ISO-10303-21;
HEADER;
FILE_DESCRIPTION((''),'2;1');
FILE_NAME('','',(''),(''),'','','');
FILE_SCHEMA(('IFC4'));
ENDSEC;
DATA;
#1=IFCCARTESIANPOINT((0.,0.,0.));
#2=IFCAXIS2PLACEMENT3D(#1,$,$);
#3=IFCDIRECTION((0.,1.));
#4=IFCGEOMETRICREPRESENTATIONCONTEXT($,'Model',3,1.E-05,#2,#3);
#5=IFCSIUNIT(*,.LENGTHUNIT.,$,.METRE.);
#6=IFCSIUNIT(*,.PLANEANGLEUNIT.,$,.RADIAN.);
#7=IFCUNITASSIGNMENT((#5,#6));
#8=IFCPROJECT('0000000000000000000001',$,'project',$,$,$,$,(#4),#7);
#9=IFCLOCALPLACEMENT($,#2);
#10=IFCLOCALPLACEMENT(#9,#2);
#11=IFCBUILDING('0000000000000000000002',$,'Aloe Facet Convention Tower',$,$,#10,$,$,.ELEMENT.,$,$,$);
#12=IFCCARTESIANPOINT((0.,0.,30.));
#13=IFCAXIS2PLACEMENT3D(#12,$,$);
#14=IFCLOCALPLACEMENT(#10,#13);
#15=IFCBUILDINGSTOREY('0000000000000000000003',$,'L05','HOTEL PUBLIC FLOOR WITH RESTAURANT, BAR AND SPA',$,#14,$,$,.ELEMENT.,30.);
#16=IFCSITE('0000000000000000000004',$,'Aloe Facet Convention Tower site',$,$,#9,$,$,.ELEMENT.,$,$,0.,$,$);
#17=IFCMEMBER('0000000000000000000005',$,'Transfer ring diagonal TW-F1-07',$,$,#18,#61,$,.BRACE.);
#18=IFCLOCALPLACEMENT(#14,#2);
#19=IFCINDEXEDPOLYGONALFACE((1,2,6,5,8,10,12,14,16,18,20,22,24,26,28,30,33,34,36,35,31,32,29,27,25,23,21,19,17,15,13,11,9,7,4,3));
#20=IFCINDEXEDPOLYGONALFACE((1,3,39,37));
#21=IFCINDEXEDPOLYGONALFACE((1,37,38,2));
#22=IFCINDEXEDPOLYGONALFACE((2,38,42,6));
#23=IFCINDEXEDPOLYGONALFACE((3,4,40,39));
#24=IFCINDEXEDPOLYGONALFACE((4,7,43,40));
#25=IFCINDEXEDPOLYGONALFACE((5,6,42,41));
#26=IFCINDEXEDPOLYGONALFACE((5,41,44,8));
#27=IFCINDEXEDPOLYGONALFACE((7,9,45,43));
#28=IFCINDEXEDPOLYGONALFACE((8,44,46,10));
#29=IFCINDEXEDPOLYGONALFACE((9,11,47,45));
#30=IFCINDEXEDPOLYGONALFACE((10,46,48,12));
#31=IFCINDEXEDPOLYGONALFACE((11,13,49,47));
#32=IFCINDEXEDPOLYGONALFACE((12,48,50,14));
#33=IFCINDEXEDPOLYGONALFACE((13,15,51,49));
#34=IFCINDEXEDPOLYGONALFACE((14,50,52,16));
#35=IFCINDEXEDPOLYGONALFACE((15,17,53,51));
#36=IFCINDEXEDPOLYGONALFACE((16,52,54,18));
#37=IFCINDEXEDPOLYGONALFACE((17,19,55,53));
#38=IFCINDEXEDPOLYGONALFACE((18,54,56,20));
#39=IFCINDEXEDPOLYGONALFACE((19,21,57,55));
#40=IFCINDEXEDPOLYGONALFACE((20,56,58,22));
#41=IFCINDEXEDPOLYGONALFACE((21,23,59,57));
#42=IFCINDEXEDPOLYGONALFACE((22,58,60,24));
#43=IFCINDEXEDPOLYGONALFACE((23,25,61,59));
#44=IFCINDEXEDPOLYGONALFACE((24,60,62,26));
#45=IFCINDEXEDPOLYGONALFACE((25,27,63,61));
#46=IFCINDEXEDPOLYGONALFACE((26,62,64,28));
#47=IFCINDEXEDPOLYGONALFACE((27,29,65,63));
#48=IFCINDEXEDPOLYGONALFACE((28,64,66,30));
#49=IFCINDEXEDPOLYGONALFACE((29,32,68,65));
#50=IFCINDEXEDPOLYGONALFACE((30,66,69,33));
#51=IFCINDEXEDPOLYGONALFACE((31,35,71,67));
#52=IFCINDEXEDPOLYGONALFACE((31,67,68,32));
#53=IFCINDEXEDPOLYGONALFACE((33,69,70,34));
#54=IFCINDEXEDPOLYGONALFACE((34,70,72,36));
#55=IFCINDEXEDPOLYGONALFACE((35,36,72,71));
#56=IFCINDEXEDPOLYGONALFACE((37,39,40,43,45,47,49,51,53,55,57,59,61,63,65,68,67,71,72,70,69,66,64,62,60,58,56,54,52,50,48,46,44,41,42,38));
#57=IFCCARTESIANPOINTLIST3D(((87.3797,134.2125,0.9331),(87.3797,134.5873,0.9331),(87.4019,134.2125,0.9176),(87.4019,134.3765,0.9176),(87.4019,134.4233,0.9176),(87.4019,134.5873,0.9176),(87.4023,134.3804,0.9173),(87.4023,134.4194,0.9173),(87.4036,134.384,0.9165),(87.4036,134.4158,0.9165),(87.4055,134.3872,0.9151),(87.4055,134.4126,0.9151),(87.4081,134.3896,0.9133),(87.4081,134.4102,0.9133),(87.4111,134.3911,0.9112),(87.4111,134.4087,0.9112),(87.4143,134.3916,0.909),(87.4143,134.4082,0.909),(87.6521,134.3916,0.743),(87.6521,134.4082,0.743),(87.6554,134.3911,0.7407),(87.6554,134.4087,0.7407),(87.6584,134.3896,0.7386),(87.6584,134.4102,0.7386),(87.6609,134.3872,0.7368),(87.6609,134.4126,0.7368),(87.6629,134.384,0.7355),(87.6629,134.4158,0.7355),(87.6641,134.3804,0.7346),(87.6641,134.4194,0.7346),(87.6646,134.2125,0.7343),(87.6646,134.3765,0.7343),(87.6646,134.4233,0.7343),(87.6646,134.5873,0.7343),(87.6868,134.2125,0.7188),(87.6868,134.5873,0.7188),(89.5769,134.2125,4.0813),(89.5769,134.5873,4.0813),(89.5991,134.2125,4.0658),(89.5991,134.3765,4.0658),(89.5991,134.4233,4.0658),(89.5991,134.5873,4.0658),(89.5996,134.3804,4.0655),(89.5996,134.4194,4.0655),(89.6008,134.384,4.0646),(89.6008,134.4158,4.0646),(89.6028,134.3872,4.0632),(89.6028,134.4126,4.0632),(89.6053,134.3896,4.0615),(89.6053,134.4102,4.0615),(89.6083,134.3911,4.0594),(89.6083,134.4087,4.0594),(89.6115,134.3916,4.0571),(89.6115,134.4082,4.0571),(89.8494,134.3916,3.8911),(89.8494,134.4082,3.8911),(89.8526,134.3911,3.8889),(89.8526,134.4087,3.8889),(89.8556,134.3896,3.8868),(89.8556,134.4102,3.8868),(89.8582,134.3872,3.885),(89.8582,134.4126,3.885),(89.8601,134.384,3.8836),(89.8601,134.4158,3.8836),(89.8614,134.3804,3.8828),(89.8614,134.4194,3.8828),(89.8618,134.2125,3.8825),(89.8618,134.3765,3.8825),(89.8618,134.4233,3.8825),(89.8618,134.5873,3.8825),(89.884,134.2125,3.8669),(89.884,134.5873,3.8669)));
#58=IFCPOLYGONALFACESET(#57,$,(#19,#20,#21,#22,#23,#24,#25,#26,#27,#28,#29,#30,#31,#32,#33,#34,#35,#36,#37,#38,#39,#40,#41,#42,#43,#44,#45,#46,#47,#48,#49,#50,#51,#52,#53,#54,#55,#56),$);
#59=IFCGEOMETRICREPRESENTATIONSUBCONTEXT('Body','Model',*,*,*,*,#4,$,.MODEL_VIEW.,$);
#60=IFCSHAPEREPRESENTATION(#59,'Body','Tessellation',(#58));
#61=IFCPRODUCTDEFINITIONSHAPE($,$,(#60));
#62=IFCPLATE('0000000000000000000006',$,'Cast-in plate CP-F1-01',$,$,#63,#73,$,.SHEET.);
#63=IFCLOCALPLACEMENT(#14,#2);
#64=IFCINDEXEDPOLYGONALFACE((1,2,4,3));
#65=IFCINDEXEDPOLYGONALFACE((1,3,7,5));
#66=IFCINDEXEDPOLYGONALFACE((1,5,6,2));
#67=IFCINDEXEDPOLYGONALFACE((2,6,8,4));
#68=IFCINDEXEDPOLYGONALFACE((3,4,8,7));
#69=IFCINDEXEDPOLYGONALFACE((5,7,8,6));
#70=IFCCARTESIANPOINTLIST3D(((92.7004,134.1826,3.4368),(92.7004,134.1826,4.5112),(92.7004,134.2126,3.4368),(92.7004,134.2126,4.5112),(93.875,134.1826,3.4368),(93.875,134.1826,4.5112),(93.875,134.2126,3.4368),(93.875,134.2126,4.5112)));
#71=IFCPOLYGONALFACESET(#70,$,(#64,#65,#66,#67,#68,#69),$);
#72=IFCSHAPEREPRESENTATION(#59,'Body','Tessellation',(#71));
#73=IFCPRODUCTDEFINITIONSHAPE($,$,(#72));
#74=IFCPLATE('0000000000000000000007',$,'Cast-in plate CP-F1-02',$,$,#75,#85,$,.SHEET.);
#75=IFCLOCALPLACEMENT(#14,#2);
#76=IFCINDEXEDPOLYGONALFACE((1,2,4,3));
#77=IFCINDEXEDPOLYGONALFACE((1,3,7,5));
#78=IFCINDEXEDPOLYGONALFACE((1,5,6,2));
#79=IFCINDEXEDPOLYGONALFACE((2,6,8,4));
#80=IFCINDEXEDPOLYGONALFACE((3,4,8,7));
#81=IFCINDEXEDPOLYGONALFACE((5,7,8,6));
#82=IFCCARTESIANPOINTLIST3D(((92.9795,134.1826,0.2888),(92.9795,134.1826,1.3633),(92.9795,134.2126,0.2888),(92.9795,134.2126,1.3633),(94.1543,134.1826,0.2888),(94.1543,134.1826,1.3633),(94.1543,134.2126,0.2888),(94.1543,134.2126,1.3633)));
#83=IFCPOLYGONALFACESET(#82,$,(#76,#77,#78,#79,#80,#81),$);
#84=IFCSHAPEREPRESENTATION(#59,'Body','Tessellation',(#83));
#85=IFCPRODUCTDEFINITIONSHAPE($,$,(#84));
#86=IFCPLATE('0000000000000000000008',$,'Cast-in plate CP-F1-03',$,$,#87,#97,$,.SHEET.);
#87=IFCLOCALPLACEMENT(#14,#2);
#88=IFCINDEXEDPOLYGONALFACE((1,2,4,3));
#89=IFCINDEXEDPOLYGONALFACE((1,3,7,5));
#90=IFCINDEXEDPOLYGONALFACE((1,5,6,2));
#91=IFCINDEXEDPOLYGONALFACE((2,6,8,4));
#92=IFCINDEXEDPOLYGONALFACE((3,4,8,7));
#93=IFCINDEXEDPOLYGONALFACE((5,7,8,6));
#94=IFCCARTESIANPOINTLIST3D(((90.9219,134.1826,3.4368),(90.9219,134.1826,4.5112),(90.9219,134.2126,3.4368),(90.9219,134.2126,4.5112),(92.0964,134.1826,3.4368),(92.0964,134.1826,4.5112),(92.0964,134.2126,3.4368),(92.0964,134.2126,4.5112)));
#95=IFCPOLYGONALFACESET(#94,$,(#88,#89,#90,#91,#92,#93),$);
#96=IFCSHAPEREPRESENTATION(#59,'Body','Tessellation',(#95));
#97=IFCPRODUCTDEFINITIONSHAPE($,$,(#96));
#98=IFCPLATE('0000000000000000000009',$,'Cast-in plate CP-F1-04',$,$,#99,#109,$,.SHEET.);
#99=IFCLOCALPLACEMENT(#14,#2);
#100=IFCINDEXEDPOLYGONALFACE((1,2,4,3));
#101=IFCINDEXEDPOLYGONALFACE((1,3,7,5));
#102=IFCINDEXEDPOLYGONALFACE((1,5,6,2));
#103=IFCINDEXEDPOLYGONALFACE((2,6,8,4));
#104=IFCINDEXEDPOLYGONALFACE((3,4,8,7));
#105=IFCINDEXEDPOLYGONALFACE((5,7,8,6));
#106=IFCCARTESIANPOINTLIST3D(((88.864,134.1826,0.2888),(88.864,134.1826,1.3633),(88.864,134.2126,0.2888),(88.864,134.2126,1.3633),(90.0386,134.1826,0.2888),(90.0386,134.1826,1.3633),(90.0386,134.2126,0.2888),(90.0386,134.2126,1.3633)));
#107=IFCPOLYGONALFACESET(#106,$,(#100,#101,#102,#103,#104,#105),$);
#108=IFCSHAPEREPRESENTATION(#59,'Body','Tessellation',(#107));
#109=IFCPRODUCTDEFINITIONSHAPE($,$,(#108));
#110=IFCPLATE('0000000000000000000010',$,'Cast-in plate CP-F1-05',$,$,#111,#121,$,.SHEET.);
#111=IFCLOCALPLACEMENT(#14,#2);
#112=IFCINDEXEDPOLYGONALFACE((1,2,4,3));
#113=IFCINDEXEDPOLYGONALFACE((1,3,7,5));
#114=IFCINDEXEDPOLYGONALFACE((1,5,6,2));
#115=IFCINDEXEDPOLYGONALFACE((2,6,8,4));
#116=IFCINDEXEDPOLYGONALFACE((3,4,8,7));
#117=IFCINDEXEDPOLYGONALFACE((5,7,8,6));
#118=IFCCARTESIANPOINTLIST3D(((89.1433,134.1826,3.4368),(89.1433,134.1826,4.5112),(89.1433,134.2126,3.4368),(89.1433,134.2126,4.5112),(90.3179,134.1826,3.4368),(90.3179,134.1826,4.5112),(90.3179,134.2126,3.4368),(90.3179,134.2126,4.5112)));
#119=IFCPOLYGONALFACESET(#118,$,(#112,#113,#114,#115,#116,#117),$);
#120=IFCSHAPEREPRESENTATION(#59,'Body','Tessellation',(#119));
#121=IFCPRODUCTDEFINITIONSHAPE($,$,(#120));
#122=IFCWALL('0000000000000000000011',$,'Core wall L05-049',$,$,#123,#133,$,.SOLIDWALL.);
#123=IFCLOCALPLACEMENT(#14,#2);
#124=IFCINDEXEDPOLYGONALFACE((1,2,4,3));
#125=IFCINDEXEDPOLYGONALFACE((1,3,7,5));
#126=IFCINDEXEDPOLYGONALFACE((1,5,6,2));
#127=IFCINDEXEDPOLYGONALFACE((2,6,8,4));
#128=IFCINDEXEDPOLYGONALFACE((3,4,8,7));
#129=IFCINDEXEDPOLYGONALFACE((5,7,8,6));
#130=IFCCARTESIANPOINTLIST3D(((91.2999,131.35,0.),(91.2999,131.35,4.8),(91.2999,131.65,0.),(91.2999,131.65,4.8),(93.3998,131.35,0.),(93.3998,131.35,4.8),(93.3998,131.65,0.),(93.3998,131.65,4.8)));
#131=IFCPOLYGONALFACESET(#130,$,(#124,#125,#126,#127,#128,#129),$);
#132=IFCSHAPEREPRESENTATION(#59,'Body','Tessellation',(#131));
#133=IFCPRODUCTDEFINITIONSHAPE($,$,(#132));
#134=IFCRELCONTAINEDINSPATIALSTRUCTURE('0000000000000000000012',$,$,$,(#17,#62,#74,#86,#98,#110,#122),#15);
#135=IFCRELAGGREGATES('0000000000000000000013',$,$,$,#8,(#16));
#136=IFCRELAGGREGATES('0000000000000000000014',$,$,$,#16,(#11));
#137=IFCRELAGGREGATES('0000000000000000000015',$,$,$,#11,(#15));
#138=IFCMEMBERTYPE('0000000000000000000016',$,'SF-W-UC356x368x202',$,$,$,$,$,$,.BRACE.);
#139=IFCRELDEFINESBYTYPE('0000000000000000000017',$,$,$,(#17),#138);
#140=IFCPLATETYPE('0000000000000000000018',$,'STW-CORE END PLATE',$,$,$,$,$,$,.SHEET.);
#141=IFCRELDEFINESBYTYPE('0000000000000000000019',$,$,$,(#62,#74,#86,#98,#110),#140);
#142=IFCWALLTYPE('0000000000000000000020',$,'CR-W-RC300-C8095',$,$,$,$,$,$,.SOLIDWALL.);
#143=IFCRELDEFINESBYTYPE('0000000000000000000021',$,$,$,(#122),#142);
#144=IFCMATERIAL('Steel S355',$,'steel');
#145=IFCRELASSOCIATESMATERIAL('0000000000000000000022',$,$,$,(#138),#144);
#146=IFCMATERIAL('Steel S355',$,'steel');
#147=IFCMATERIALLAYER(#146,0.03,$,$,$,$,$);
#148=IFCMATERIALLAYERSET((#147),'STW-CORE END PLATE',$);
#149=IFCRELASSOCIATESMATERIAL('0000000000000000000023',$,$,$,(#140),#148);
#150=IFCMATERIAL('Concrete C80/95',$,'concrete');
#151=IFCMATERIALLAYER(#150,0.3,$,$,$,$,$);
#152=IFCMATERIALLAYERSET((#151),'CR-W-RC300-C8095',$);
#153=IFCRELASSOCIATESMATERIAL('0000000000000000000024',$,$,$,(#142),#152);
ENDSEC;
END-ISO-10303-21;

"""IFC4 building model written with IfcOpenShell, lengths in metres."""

from ifc_helpers import new_model, si_unit, direction, frame, frame_2d, origin, origin_2d, place, context, subcontext, project, spatial, polyline, rectangle, i_section, outline, extrude, material, layer, layer_set, material_profile, profile_set, type_object, element, save


model = new_model("IFC4")

# Units and contexts
model_context = context("Model", 3, precision=1e-05, world=origin(), true_north=direction((0.0, 1.0)))
body_context = subcontext(model_context, "Body", "Model", "MODEL_VIEW")
ifc_project = project(units=[si_unit("LENGTHUNIT", "METRE"), si_unit("PLANEANGLEUNIT", "RADIAN")], contexts=[model_context])

# Site, building, storey
site_placement = place(None, origin())
site = spatial("IfcSite", under=ifc_project, at=site_placement, Name="Aloe Facet Convention Tower site", CompositionType="ELEMENT", RefElevation=0.0)
building_placement = place(site_placement, origin())
building = spatial("IfcBuilding", under=site, at=building_placement, Name="Aloe Facet Convention Tower", CompositionType="ELEMENT")
storey_placement = place(building_placement, frame((0.0, 0.0, 30.0)))
storey = spatial("IfcBuildingStorey", under=building, at=storey_placement, Name="L05", Description="HOTEL PUBLIC FLOOR WITH RESTAURANT, BAR AND SPA", CompositionType="ELEMENT", Elevation=30.0)

# Member
ifc_material_1 = material(Name="Steel S355", Category="steel")
ifc_material_profile_1 = material_profile(ifc_material_1, i_section(OverallWidth=0.3748, OverallDepth=0.3745, WebThickness=0.0166, FlangeThickness=0.0271, FilletRadius=0.0151, at=origin_2d()), Name="UC 356x368x202")
ifc_profile_set_1 = profile_set([ifc_material_profile_1], Name="Steel S355")
member_type = type_object("IfcMemberType", Name="SF-W-UC356x368x202", PredefinedType="BRACE", material=ifc_profile_set_1)
for number, where, z_axis, x_axis, name in (
    (1, (89.7305, 134.3999, 3.9741), (-0.572331, 0.0, -0.820023), (0.0, -1.0, 0.0), "Transfer ring diagonal TW-F1-07"),
):
    element("IfcMember", number, at=place(storey_placement, frame(where, z_axis=z_axis, x_axis=x_axis)), inside=storey, type_object=member_type, Name=name, PredefinedType="BRACE", context=body_context, shape_type="SweptSolid", body=[
        extrude(i_section(OverallWidth=0.3748, OverallDepth=0.3745, WebThickness=0.0166, FlangeThickness=0.0271, FilletRadius=0.0151, at=origin_2d()), origin(), (0.0, 0.0, 1.0), 3.8391),
    ])

# Plates
ifc_material_2 = material(Name="Steel S355", Category="steel")
ifc_layer_1 = layer(ifc_material_2, 0.03)
ifc_layer_set_1 = layer_set([ifc_layer_1], Name="STW-CORE END PLATE")
plate_type = type_object("IfcPlateType", Name="STW-CORE END PLATE", PredefinedType="SHEET", material=ifc_layer_set_1)
plate_1_placement = place(storey_placement, frame((93.875, 134.2126, 3.4368), z_axis=(0.0, 1.0, 0.0), x_axis=(-1.0, 0.0, 0.0)))
element("IfcPlate", 2, at=plate_1_placement, inside=storey, type_object=plate_type, Name="Cast-in plate CP-F1-01", PredefinedType="SHEET", context=body_context, shape_type="SweptSolid", body=[
    extrude(outline(polyline([(0.0, 0.0), (1.1746, 0.0), (1.1746, 1.0745), (0.0, 1.0745), (0.0, 0.0)])), origin(), (0.0, 0.0, -1.0), 0.03),
])
plate_2_placement = place(storey_placement, frame((94.1543, 134.2126, 0.2888), z_axis=(0.0, 1.0, 0.0), x_axis=(-1.0, 0.0, 0.0)))
element("IfcPlate", 3, at=plate_2_placement, inside=storey, type_object=plate_type, Name="Cast-in plate CP-F1-02", PredefinedType="SHEET", context=body_context, shape_type="SweptSolid", body=[
    extrude(outline(polyline([(0.0, 0.0), (1.1748, 0.0), (1.1748, 1.0745), (0.0, 1.0745), (0.0, 0.0)])), origin(), (0.0, 0.0, -1.0), 0.03),
])
for number, where, z_axis, x_axis, name in (
    (4, (92.0964, 134.2126, 3.4368), (0.0, 1.0, 0.0), (-1.0, 0.0, 0.0), "Cast-in plate CP-F1-03"),
    (5, (90.0386, 134.2126, 0.2888), (0.0, 1.0, 0.0), (-1.0, 0.0, 0.0), "Cast-in plate CP-F1-04"),
    (6, (90.3179, 134.2126, 3.4368), (0.0, 1.0, 0.0), (-1.0, 0.0, 0.0), "Cast-in plate CP-F1-05"),
):
    element("IfcPlate", number, at=place(storey_placement, frame(where, z_axis=z_axis, x_axis=x_axis)), inside=storey, type_object=plate_type, Name=name, PredefinedType="SHEET", context=body_context, shape_type="SweptSolid", body=[
        extrude(outline(polyline([(0.0, 0.0), (1.1746, 0.0), (1.1746, 1.0745), (0.0, 1.0745), (0.0, 0.0)])), origin(), (0.0, 0.0, -1.0), 0.03),
    ])

# Wall
ifc_material_3 = material(Name="Concrete C80/95", Category="concrete")
ifc_layer_2 = layer(ifc_material_3, 0.3)
ifc_layer_set_2 = layer_set([ifc_layer_2], Name="CR-W-RC300-C8095")
wall_type_1 = type_object("IfcWallType", Name="CR-W-RC300-C8095", PredefinedType="SOLIDWALL", material=ifc_layer_set_2)
wall_1_placement = place(storey_placement, frame((91.3, 131.5, 0.0), z_axis=(0.0, 0.0, 1.0), x_axis=(1.0, 0.0, 0.0)))
element("IfcWall", 7, at=wall_1_placement, inside=storey, type_object=wall_type_1, Name="Core wall L05-049", PredefinedType="SOLIDWALL", context=body_context, shape_type="SweptSolid", body=[
    extrude(rectangle(XDim=2.0999, YDim=0.3, at=frame_2d((1.0498, 0.0))), origin(), (0.0, 0.0, 1.0), 4.8),
])

save(model, "model.ifc")
